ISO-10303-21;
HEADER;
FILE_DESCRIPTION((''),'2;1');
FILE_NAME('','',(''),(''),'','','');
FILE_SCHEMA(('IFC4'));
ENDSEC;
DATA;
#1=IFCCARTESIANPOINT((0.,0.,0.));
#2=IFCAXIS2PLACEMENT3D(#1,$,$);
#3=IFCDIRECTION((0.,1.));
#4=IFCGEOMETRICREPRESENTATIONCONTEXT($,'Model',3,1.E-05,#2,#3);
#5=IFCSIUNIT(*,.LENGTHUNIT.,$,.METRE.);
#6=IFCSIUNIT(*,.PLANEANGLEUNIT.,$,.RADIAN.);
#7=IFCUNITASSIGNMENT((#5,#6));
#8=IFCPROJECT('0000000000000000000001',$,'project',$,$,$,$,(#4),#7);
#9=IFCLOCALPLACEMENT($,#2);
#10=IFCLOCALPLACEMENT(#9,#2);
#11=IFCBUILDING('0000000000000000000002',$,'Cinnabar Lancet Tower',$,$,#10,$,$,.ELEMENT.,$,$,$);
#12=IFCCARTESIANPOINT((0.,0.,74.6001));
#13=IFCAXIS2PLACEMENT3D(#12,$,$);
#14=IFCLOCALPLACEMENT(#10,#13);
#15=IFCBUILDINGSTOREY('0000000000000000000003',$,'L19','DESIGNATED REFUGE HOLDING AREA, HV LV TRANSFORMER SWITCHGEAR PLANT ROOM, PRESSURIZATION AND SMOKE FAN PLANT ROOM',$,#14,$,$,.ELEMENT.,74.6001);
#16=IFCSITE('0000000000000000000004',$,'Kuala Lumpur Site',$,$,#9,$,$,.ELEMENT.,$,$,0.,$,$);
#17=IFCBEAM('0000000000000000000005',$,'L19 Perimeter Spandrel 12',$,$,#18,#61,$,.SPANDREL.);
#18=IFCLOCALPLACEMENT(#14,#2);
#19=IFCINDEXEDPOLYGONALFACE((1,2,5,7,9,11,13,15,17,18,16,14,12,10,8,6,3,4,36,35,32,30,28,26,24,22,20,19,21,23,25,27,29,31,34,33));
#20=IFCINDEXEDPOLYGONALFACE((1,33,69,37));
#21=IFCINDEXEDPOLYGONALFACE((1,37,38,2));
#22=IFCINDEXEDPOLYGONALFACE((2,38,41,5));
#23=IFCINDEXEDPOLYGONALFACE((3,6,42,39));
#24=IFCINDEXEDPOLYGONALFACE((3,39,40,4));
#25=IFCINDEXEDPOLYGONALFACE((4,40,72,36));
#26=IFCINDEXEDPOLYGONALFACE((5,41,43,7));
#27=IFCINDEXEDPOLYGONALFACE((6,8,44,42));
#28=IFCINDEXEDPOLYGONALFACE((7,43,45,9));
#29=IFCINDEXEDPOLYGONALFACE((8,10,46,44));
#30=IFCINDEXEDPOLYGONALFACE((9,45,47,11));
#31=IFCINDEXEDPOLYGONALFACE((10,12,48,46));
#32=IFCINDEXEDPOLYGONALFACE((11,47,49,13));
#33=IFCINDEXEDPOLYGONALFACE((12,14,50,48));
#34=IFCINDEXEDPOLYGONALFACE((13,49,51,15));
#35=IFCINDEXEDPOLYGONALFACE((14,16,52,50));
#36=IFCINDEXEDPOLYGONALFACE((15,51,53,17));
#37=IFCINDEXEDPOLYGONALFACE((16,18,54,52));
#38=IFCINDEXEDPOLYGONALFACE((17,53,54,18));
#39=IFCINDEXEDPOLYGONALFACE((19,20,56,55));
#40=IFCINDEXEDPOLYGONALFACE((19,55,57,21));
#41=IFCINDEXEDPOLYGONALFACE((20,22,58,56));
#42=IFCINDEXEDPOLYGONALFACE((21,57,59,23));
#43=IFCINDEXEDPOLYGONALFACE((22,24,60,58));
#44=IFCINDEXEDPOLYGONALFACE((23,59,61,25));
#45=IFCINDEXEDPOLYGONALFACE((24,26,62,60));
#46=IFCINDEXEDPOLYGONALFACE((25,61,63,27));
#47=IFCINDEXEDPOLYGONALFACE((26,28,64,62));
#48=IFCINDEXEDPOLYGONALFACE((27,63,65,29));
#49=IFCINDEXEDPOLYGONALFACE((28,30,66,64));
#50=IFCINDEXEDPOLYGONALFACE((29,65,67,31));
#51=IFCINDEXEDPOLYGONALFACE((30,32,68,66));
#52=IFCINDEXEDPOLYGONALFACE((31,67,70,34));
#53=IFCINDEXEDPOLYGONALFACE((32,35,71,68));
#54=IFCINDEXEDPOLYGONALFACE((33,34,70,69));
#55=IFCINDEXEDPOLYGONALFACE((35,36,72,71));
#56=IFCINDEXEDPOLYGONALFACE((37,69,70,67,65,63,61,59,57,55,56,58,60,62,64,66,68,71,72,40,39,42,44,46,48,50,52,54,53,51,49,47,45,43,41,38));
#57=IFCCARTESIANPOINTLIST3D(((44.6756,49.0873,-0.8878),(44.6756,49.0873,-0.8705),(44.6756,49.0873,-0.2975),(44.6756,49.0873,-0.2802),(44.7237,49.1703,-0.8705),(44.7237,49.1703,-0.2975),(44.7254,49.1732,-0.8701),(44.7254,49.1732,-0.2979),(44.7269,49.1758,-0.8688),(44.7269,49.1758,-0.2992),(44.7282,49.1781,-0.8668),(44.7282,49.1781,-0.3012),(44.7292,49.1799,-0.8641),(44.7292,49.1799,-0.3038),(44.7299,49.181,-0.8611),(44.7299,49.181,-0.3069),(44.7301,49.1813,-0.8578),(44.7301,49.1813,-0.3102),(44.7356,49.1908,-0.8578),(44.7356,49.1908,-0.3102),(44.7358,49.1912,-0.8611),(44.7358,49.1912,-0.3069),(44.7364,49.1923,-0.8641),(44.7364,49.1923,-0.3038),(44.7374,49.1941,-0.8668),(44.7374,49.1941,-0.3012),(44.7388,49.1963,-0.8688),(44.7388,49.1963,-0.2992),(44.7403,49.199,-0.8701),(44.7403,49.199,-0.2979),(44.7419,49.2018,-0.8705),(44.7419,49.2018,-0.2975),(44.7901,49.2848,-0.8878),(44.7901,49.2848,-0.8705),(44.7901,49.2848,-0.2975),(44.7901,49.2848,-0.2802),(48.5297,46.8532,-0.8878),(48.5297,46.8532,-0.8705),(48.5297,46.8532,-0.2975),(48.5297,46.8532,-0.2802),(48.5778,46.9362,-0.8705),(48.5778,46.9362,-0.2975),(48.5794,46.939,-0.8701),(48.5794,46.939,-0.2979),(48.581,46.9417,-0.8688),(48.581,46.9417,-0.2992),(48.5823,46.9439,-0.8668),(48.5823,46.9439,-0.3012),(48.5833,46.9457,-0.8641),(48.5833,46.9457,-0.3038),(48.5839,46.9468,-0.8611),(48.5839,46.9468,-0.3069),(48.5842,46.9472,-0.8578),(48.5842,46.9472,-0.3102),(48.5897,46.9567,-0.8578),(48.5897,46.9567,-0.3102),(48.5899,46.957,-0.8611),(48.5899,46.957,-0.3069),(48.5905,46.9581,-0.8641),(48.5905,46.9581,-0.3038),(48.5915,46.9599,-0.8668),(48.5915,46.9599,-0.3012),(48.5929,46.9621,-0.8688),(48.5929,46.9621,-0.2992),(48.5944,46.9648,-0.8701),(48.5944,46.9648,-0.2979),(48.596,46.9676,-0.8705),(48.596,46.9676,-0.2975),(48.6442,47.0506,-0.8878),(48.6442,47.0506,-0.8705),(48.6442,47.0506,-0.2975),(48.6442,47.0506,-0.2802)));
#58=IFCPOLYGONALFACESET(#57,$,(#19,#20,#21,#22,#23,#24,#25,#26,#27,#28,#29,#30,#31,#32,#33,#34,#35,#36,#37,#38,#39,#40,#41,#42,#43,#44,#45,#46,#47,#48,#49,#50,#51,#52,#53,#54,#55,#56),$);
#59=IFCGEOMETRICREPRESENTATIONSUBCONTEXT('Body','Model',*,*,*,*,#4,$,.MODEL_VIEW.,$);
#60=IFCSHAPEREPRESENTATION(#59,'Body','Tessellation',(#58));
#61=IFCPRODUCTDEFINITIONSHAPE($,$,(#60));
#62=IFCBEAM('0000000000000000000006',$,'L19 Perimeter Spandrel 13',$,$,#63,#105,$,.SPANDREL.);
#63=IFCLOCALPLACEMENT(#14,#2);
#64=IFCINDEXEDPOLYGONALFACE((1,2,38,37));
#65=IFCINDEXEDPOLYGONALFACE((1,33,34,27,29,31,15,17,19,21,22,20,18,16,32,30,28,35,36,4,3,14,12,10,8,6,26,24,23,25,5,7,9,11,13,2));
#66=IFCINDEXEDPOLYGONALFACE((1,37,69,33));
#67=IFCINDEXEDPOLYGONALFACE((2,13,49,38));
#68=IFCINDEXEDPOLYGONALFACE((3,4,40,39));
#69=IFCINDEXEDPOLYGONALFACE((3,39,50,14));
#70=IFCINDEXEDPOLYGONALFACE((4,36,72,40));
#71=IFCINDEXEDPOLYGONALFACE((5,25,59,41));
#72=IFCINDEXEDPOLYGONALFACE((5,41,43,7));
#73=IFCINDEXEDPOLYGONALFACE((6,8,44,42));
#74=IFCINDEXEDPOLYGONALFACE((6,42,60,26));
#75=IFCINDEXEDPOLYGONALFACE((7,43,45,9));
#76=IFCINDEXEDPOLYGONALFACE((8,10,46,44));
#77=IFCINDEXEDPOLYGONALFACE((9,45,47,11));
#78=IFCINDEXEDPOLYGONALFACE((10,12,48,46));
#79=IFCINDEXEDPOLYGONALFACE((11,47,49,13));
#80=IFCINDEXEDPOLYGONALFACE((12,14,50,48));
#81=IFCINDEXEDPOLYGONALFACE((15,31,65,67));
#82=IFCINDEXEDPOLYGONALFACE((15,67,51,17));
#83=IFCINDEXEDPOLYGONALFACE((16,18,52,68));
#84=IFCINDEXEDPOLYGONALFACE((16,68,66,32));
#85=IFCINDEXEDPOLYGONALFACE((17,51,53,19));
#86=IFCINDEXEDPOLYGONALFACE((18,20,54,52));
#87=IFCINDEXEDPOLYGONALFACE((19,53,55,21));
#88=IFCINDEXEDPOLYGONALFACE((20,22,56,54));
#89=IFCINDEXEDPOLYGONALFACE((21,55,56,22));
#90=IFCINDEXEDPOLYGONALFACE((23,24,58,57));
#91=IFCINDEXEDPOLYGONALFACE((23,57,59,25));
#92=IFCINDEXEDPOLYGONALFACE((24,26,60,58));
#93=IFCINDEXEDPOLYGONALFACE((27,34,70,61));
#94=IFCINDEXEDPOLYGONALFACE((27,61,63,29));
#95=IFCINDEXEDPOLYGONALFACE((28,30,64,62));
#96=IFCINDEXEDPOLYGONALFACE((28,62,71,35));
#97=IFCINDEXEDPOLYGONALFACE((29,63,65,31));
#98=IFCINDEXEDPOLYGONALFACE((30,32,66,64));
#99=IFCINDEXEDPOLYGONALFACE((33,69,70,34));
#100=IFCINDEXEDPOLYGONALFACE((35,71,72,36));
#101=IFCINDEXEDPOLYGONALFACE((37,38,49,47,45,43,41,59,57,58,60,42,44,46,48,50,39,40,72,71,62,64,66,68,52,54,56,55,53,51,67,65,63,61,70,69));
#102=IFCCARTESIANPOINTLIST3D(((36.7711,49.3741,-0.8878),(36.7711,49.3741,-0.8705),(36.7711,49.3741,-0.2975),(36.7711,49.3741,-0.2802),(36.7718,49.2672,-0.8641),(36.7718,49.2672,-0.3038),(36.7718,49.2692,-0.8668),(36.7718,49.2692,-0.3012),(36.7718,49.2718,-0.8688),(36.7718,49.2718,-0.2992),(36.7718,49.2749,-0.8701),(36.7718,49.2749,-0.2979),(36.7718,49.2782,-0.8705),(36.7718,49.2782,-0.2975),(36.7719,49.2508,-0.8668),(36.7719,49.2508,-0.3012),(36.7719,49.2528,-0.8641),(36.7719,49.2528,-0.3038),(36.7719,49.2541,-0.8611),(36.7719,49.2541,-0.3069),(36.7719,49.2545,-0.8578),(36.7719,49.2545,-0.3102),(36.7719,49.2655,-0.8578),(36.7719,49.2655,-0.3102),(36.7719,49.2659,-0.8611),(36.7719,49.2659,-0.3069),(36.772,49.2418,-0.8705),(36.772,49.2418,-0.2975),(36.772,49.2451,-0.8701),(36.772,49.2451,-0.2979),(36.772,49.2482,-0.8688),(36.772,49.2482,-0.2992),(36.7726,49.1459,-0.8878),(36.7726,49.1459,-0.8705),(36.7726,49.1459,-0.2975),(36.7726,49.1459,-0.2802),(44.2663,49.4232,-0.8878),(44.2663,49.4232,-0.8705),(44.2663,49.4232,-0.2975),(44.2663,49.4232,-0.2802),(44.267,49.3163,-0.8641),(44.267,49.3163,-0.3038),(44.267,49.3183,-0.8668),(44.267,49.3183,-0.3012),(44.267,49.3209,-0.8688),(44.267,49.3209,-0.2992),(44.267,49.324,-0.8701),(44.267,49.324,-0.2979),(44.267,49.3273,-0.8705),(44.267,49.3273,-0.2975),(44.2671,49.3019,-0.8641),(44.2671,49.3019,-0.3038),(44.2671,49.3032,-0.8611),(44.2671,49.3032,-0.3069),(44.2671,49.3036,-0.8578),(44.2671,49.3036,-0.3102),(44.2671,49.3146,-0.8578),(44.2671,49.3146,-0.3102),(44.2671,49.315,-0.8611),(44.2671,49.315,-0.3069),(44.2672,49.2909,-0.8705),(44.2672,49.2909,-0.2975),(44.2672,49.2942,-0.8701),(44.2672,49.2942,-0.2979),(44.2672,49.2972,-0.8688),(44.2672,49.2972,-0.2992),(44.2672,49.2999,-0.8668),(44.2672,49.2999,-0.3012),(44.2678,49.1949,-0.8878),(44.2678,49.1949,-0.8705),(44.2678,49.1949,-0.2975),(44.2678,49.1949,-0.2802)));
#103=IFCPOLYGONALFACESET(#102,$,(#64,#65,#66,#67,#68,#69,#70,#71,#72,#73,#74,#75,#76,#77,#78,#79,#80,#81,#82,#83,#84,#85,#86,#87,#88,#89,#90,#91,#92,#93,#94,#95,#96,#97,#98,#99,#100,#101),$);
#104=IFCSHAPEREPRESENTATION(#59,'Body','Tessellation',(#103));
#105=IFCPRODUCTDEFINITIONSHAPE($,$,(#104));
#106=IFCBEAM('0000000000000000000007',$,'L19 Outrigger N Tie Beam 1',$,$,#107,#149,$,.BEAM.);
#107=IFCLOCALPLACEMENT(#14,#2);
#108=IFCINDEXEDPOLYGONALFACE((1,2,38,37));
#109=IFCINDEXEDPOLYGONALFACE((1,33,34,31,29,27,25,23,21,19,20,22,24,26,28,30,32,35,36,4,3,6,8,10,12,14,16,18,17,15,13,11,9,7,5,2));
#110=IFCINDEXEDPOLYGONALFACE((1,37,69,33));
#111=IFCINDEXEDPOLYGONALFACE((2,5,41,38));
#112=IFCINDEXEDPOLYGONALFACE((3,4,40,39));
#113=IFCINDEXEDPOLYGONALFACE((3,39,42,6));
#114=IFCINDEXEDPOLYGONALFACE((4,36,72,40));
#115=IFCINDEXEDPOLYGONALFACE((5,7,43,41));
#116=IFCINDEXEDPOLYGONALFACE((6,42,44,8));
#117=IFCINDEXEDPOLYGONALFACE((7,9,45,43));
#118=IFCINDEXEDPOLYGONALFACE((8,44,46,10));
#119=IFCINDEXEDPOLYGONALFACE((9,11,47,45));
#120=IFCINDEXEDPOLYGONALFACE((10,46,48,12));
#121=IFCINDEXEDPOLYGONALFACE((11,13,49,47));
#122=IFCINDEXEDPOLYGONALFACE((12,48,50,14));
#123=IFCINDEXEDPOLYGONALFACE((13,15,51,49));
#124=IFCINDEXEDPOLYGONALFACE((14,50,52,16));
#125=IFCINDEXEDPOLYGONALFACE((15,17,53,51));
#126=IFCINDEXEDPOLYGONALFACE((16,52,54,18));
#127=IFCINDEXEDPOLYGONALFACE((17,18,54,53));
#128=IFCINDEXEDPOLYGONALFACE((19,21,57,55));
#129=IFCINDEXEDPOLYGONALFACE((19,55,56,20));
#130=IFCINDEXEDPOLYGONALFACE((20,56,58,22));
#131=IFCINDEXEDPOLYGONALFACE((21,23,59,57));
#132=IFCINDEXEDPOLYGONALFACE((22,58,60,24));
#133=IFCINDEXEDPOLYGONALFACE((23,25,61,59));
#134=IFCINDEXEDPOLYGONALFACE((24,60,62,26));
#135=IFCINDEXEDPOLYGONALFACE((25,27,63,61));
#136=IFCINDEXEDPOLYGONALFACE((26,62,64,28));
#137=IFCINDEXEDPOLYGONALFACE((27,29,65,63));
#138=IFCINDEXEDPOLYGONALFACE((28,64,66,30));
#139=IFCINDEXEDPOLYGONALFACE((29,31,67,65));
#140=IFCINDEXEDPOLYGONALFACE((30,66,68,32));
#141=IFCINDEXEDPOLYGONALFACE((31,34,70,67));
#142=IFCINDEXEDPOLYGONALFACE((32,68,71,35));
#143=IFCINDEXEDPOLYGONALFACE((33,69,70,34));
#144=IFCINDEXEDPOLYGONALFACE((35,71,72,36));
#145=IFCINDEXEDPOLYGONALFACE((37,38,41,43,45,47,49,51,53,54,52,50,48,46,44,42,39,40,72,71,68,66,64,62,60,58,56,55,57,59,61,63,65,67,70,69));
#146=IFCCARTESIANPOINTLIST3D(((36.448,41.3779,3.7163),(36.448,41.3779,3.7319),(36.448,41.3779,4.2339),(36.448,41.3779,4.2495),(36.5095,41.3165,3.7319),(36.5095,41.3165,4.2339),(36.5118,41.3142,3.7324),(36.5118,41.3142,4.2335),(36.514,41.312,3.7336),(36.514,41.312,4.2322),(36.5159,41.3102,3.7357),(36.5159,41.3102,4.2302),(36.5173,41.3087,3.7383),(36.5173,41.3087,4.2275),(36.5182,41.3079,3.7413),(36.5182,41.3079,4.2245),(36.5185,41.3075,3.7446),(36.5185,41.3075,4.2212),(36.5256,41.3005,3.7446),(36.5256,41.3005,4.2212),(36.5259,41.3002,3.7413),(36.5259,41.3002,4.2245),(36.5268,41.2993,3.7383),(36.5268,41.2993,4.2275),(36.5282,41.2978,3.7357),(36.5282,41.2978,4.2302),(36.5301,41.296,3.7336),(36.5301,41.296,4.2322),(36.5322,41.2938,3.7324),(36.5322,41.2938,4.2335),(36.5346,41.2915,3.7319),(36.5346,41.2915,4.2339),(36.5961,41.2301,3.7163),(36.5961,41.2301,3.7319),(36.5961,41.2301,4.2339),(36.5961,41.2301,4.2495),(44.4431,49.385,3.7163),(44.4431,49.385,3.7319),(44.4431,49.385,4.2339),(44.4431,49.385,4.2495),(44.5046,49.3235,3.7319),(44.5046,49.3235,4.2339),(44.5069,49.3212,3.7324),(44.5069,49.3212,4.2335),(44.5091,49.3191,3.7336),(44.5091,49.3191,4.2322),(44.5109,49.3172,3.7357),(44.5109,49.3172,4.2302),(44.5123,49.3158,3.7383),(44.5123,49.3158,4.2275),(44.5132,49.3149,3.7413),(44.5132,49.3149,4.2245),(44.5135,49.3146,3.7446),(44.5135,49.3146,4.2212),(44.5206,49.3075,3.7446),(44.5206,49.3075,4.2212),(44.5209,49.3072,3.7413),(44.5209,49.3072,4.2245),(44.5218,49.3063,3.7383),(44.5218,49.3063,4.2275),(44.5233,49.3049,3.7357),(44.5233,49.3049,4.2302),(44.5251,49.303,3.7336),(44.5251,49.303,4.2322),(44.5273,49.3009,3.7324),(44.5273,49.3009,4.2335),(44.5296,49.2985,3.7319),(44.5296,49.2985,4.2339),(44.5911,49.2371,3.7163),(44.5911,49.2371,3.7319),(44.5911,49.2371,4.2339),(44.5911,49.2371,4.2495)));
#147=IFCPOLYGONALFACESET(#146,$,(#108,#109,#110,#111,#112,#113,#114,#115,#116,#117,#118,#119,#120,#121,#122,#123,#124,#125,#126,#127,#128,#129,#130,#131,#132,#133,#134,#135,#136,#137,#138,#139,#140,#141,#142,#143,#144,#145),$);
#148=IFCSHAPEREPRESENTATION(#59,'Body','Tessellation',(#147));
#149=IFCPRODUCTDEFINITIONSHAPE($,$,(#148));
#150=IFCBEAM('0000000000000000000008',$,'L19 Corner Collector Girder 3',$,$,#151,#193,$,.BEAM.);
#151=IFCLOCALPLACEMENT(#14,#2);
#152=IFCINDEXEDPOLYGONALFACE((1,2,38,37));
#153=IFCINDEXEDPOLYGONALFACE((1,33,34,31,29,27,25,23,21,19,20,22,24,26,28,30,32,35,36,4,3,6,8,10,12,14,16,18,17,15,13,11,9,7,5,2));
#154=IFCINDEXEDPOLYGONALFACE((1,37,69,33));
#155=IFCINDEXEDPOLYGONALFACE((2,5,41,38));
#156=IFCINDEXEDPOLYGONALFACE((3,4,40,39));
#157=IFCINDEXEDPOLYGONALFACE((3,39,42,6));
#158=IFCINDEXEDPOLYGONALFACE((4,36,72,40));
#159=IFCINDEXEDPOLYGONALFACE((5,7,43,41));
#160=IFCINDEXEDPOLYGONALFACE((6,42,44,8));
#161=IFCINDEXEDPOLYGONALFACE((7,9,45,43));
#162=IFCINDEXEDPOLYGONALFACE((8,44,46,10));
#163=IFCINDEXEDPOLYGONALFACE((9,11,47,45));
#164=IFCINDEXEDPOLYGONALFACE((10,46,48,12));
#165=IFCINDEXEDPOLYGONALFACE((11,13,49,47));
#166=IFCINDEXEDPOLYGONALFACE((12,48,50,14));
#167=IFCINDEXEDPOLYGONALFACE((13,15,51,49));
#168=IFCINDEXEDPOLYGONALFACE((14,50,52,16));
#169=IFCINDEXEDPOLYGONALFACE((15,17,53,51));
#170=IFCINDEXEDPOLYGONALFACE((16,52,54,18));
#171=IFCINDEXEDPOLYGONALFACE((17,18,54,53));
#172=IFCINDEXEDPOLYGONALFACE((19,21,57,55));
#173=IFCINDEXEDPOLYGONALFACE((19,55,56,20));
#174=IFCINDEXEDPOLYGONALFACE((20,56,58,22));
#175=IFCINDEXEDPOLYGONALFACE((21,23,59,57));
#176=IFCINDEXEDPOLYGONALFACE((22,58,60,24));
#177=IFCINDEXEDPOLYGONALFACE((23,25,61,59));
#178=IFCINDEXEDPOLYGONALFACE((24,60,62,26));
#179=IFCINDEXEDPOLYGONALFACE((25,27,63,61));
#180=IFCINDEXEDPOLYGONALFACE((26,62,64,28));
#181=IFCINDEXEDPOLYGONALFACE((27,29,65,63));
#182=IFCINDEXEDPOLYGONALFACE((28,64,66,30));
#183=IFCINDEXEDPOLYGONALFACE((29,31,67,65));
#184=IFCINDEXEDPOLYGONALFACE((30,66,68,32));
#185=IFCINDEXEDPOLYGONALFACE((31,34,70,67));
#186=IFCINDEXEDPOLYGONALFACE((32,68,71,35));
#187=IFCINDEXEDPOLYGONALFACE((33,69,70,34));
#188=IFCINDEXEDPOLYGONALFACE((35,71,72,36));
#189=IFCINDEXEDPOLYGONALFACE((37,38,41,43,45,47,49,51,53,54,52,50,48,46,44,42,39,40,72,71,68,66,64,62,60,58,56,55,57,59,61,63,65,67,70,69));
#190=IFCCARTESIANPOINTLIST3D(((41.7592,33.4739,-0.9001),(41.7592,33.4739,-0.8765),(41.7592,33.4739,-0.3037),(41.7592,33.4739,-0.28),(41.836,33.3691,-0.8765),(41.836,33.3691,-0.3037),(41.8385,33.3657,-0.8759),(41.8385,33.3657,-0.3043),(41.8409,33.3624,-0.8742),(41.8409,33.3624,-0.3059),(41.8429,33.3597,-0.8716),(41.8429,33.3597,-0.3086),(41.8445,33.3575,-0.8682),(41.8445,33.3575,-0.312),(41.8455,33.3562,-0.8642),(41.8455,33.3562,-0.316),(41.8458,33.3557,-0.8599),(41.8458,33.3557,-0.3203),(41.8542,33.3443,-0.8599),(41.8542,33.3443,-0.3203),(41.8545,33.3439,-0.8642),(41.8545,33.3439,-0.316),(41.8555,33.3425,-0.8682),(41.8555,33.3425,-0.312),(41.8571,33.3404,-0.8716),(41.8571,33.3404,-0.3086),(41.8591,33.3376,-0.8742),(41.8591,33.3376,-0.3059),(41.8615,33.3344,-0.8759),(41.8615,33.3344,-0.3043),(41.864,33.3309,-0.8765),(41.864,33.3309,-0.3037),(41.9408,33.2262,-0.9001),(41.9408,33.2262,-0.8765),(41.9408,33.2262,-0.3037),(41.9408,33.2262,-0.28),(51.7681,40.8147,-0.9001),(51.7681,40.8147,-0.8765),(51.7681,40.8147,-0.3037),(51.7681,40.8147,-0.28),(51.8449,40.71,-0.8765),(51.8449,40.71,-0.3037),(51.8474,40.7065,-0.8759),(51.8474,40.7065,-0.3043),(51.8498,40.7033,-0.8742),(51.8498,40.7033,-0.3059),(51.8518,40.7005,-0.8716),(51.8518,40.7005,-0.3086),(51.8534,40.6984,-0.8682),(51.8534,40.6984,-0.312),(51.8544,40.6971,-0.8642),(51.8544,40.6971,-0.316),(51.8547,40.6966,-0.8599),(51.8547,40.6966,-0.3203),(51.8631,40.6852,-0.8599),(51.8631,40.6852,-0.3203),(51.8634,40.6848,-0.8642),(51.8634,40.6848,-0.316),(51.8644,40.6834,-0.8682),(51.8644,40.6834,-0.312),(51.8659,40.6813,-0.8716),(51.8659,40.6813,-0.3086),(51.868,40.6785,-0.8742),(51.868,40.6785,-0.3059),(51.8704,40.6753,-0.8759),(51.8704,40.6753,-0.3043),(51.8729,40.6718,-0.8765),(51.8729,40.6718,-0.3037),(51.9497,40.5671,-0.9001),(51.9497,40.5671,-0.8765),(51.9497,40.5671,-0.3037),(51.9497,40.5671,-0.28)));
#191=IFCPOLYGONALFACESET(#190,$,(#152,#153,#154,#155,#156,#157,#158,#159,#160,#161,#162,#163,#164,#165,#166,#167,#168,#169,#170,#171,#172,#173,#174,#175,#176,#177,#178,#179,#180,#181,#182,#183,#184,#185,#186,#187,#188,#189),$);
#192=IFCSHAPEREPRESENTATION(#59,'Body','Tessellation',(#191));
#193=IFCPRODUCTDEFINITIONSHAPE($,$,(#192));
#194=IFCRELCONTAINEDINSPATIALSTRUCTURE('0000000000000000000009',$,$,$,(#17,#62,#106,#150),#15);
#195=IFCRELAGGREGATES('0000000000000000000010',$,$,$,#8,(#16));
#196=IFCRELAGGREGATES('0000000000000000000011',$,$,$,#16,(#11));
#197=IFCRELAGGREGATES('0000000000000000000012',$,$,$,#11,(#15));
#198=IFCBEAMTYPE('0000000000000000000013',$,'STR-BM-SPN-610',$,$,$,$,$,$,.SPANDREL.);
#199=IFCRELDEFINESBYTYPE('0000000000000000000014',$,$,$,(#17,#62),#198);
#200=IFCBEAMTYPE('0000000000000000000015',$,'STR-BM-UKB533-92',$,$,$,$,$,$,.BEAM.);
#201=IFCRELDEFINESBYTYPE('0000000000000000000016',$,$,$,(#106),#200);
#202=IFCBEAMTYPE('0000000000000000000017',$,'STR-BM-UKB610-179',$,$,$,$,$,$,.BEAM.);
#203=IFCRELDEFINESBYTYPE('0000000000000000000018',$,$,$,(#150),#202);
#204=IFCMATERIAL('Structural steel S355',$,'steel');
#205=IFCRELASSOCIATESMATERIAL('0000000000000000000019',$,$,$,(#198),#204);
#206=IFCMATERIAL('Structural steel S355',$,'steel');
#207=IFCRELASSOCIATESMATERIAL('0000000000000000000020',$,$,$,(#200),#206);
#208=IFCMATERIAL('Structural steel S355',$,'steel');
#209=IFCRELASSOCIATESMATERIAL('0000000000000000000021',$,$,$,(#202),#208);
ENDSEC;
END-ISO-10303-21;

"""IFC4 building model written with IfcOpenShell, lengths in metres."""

from ifc_helpers import new_model, si_unit, direction, frame, origin, origin_2d, place, context, subcontext, project, spatial, i_section, extrude, material, material_profile, profile_set, type_object, element, save


model = new_model("IFC4")

# Units and contexts
model_context = context("Model", 3, precision=1e-05, world=origin(), true_north=direction((0.0, 1.0)))
body_context = subcontext(model_context, "Body", "Model", "MODEL_VIEW")
ifc_project = project(units=[si_unit("LENGTHUNIT", "METRE"), si_unit("PLANEANGLEUNIT", "RADIAN")], contexts=[model_context])

# Site, building, storey
site_placement = place(None, origin())
site = spatial("IfcSite", under=ifc_project, at=site_placement, Name="Kuala Lumpur Site", CompositionType="ELEMENT", RefElevation=0.0)
building_placement = place(site_placement, origin())
building = spatial("IfcBuilding", under=site, at=building_placement, Name="Cinnabar Lancet Tower", CompositionType="ELEMENT")
storey_placement = place(building_placement, frame((0.0, 0.0, 74.6001)))
storey = spatial("IfcBuildingStorey", under=building, at=storey_placement, Name="L19", Description="DESIGNATED REFUGE HOLDING AREA, HV LV TRANSFORMER SWITCHGEAR PLANT ROOM, PRESSURIZATION AND SMOKE FAN PLANT ROOM", CompositionType="ELEMENT", Elevation=74.6001)

# Beams
ifc_material_1 = material(Name="Structural steel S355", Category="steel")
ifc_material_profile_1 = material_profile(ifc_material_1, i_section(OverallWidth=0.2283, OverallDepth=0.6077, WebThickness=0.011, FlangeThickness=0.0173, FilletRadius=0.0127, at=origin_2d()), Name="UKB 610x229x113")
ifc_profile_set_1 = profile_set([ifc_material_profile_1], Name="Structural steel S355")
beam_type_1 = type_object("IfcBeamType", Name="STR-BM-SPN-610", PredefinedType="SPANDREL", material=ifc_profile_set_1)
beam_1_placement = place(storey_placement, frame((48.5869, 46.9519, -0.584), z_axis=(-0.865147, 0.501518, 0.0), x_axis=(-0.501518, -0.865147, 0.0)))
element("IfcBeam", 1, at=beam_1_placement, inside=storey, type_object=beam_type_1, Name="L19 Perimeter Spandrel 12", PredefinedType="SPANDREL", context=body_context, shape_type="SweptSolid", body=[
    extrude(i_section(OverallWidth=0.2283, OverallDepth=0.6077, WebThickness=0.011, FlangeThickness=0.0173, FilletRadius=0.0127, at=origin_2d()), origin(), (0.0, 0.0, 1.0), 4.4548),
])
beam_2_placement = place(storey_placement, frame((44.2671, 49.3091, -0.584), z_axis=(-0.999979, -0.006547, 0.0), x_axis=(0.006547, -0.999979, 0.0)))
element("IfcBeam", 2, at=beam_2_placement, inside=storey, type_object=beam_type_1, Name="L19 Perimeter Spandrel 13", PredefinedType="SPANDREL", context=body_context, shape_type="SweptSolid", body=[
    extrude(i_section(OverallWidth=0.2283, OverallDepth=0.6077, WebThickness=0.011, FlangeThickness=0.0173, FilletRadius=0.0127, at=origin_2d()), origin(), (0.0, 0.0, 1.0), 7.4954),
])
ifc_material_2 = material(Name="Structural steel S355", Category="steel")
ifc_material_profile_2 = material_profile(ifc_material_2, i_section(OverallWidth=0.2092, OverallDepth=0.5332, WebThickness=0.01, FlangeThickness=0.0156, FilletRadius=0.0127, at=origin_2d()), Name="UKB 533x210x92")
ifc_profile_set_2 = profile_set([ifc_material_profile_2], Name="Structural steel S355")
beam_type_2 = type_object("IfcBeamType", Name="STR-BM-UKB533-92", PredefinedType="BEAM", material=ifc_profile_set_2)
beam_3_placement = place(storey_placement, frame((44.5171, 49.311, 3.9829), z_axis=(-0.706578, -0.707635, 0.0), x_axis=(0.707635, -0.706578, 0.0)))
element("IfcBeam", 3, at=beam_3_placement, inside=storey, type_object=beam_type_2, Name="L19 Outrigger N Tie Beam 1", PredefinedType="BEAM", context=body_context, shape_type="SweptSolid", body=[
    extrude(i_section(OverallWidth=0.2092, OverallDepth=0.5332, WebThickness=0.01, FlangeThickness=0.0156, FilletRadius=0.0127, at=origin_2d()), origin(), (0.0, 0.0, 1.0), 11.3152),
])
ifc_material_3 = material(Name="Structural steel S355", Category="steel")
ifc_material_profile_3 = material_profile(ifc_material_3, i_section(OverallWidth=0.3071, OverallDepth=0.6201, WebThickness=0.0142, FlangeThickness=0.0237, FilletRadius=0.0166, at=origin_2d()), Name="UKB 610x305x179")
ifc_profile_set_3 = profile_set([ifc_material_profile_3], Name="Structural steel S355")
beam_type_3 = type_object("IfcBeamType", Name="STR-BM-UKB610-179", PredefinedType="BEAM", material=ifc_profile_set_3)
beam_4_placement = place(storey_placement, frame((51.8589, 40.6909, -0.5901), z_axis=(-0.806365, -0.591418, 0.0), x_axis=(0.591418, -0.806365, 0.0)))
element("IfcBeam", 4, at=beam_4_placement, inside=storey, type_object=beam_type_3, Name="L19 Corner Collector Girder 3", PredefinedType="BEAM", context=body_context, shape_type="SweptSolid", body=[
    extrude(i_section(OverallWidth=0.3071, OverallDepth=0.6201, WebThickness=0.0142, FlangeThickness=0.0237, FilletRadius=0.0166, at=origin_2d()), origin(), (0.0, 0.0, 1.0), 12.4124),
])

save(model, "model.ifc")
